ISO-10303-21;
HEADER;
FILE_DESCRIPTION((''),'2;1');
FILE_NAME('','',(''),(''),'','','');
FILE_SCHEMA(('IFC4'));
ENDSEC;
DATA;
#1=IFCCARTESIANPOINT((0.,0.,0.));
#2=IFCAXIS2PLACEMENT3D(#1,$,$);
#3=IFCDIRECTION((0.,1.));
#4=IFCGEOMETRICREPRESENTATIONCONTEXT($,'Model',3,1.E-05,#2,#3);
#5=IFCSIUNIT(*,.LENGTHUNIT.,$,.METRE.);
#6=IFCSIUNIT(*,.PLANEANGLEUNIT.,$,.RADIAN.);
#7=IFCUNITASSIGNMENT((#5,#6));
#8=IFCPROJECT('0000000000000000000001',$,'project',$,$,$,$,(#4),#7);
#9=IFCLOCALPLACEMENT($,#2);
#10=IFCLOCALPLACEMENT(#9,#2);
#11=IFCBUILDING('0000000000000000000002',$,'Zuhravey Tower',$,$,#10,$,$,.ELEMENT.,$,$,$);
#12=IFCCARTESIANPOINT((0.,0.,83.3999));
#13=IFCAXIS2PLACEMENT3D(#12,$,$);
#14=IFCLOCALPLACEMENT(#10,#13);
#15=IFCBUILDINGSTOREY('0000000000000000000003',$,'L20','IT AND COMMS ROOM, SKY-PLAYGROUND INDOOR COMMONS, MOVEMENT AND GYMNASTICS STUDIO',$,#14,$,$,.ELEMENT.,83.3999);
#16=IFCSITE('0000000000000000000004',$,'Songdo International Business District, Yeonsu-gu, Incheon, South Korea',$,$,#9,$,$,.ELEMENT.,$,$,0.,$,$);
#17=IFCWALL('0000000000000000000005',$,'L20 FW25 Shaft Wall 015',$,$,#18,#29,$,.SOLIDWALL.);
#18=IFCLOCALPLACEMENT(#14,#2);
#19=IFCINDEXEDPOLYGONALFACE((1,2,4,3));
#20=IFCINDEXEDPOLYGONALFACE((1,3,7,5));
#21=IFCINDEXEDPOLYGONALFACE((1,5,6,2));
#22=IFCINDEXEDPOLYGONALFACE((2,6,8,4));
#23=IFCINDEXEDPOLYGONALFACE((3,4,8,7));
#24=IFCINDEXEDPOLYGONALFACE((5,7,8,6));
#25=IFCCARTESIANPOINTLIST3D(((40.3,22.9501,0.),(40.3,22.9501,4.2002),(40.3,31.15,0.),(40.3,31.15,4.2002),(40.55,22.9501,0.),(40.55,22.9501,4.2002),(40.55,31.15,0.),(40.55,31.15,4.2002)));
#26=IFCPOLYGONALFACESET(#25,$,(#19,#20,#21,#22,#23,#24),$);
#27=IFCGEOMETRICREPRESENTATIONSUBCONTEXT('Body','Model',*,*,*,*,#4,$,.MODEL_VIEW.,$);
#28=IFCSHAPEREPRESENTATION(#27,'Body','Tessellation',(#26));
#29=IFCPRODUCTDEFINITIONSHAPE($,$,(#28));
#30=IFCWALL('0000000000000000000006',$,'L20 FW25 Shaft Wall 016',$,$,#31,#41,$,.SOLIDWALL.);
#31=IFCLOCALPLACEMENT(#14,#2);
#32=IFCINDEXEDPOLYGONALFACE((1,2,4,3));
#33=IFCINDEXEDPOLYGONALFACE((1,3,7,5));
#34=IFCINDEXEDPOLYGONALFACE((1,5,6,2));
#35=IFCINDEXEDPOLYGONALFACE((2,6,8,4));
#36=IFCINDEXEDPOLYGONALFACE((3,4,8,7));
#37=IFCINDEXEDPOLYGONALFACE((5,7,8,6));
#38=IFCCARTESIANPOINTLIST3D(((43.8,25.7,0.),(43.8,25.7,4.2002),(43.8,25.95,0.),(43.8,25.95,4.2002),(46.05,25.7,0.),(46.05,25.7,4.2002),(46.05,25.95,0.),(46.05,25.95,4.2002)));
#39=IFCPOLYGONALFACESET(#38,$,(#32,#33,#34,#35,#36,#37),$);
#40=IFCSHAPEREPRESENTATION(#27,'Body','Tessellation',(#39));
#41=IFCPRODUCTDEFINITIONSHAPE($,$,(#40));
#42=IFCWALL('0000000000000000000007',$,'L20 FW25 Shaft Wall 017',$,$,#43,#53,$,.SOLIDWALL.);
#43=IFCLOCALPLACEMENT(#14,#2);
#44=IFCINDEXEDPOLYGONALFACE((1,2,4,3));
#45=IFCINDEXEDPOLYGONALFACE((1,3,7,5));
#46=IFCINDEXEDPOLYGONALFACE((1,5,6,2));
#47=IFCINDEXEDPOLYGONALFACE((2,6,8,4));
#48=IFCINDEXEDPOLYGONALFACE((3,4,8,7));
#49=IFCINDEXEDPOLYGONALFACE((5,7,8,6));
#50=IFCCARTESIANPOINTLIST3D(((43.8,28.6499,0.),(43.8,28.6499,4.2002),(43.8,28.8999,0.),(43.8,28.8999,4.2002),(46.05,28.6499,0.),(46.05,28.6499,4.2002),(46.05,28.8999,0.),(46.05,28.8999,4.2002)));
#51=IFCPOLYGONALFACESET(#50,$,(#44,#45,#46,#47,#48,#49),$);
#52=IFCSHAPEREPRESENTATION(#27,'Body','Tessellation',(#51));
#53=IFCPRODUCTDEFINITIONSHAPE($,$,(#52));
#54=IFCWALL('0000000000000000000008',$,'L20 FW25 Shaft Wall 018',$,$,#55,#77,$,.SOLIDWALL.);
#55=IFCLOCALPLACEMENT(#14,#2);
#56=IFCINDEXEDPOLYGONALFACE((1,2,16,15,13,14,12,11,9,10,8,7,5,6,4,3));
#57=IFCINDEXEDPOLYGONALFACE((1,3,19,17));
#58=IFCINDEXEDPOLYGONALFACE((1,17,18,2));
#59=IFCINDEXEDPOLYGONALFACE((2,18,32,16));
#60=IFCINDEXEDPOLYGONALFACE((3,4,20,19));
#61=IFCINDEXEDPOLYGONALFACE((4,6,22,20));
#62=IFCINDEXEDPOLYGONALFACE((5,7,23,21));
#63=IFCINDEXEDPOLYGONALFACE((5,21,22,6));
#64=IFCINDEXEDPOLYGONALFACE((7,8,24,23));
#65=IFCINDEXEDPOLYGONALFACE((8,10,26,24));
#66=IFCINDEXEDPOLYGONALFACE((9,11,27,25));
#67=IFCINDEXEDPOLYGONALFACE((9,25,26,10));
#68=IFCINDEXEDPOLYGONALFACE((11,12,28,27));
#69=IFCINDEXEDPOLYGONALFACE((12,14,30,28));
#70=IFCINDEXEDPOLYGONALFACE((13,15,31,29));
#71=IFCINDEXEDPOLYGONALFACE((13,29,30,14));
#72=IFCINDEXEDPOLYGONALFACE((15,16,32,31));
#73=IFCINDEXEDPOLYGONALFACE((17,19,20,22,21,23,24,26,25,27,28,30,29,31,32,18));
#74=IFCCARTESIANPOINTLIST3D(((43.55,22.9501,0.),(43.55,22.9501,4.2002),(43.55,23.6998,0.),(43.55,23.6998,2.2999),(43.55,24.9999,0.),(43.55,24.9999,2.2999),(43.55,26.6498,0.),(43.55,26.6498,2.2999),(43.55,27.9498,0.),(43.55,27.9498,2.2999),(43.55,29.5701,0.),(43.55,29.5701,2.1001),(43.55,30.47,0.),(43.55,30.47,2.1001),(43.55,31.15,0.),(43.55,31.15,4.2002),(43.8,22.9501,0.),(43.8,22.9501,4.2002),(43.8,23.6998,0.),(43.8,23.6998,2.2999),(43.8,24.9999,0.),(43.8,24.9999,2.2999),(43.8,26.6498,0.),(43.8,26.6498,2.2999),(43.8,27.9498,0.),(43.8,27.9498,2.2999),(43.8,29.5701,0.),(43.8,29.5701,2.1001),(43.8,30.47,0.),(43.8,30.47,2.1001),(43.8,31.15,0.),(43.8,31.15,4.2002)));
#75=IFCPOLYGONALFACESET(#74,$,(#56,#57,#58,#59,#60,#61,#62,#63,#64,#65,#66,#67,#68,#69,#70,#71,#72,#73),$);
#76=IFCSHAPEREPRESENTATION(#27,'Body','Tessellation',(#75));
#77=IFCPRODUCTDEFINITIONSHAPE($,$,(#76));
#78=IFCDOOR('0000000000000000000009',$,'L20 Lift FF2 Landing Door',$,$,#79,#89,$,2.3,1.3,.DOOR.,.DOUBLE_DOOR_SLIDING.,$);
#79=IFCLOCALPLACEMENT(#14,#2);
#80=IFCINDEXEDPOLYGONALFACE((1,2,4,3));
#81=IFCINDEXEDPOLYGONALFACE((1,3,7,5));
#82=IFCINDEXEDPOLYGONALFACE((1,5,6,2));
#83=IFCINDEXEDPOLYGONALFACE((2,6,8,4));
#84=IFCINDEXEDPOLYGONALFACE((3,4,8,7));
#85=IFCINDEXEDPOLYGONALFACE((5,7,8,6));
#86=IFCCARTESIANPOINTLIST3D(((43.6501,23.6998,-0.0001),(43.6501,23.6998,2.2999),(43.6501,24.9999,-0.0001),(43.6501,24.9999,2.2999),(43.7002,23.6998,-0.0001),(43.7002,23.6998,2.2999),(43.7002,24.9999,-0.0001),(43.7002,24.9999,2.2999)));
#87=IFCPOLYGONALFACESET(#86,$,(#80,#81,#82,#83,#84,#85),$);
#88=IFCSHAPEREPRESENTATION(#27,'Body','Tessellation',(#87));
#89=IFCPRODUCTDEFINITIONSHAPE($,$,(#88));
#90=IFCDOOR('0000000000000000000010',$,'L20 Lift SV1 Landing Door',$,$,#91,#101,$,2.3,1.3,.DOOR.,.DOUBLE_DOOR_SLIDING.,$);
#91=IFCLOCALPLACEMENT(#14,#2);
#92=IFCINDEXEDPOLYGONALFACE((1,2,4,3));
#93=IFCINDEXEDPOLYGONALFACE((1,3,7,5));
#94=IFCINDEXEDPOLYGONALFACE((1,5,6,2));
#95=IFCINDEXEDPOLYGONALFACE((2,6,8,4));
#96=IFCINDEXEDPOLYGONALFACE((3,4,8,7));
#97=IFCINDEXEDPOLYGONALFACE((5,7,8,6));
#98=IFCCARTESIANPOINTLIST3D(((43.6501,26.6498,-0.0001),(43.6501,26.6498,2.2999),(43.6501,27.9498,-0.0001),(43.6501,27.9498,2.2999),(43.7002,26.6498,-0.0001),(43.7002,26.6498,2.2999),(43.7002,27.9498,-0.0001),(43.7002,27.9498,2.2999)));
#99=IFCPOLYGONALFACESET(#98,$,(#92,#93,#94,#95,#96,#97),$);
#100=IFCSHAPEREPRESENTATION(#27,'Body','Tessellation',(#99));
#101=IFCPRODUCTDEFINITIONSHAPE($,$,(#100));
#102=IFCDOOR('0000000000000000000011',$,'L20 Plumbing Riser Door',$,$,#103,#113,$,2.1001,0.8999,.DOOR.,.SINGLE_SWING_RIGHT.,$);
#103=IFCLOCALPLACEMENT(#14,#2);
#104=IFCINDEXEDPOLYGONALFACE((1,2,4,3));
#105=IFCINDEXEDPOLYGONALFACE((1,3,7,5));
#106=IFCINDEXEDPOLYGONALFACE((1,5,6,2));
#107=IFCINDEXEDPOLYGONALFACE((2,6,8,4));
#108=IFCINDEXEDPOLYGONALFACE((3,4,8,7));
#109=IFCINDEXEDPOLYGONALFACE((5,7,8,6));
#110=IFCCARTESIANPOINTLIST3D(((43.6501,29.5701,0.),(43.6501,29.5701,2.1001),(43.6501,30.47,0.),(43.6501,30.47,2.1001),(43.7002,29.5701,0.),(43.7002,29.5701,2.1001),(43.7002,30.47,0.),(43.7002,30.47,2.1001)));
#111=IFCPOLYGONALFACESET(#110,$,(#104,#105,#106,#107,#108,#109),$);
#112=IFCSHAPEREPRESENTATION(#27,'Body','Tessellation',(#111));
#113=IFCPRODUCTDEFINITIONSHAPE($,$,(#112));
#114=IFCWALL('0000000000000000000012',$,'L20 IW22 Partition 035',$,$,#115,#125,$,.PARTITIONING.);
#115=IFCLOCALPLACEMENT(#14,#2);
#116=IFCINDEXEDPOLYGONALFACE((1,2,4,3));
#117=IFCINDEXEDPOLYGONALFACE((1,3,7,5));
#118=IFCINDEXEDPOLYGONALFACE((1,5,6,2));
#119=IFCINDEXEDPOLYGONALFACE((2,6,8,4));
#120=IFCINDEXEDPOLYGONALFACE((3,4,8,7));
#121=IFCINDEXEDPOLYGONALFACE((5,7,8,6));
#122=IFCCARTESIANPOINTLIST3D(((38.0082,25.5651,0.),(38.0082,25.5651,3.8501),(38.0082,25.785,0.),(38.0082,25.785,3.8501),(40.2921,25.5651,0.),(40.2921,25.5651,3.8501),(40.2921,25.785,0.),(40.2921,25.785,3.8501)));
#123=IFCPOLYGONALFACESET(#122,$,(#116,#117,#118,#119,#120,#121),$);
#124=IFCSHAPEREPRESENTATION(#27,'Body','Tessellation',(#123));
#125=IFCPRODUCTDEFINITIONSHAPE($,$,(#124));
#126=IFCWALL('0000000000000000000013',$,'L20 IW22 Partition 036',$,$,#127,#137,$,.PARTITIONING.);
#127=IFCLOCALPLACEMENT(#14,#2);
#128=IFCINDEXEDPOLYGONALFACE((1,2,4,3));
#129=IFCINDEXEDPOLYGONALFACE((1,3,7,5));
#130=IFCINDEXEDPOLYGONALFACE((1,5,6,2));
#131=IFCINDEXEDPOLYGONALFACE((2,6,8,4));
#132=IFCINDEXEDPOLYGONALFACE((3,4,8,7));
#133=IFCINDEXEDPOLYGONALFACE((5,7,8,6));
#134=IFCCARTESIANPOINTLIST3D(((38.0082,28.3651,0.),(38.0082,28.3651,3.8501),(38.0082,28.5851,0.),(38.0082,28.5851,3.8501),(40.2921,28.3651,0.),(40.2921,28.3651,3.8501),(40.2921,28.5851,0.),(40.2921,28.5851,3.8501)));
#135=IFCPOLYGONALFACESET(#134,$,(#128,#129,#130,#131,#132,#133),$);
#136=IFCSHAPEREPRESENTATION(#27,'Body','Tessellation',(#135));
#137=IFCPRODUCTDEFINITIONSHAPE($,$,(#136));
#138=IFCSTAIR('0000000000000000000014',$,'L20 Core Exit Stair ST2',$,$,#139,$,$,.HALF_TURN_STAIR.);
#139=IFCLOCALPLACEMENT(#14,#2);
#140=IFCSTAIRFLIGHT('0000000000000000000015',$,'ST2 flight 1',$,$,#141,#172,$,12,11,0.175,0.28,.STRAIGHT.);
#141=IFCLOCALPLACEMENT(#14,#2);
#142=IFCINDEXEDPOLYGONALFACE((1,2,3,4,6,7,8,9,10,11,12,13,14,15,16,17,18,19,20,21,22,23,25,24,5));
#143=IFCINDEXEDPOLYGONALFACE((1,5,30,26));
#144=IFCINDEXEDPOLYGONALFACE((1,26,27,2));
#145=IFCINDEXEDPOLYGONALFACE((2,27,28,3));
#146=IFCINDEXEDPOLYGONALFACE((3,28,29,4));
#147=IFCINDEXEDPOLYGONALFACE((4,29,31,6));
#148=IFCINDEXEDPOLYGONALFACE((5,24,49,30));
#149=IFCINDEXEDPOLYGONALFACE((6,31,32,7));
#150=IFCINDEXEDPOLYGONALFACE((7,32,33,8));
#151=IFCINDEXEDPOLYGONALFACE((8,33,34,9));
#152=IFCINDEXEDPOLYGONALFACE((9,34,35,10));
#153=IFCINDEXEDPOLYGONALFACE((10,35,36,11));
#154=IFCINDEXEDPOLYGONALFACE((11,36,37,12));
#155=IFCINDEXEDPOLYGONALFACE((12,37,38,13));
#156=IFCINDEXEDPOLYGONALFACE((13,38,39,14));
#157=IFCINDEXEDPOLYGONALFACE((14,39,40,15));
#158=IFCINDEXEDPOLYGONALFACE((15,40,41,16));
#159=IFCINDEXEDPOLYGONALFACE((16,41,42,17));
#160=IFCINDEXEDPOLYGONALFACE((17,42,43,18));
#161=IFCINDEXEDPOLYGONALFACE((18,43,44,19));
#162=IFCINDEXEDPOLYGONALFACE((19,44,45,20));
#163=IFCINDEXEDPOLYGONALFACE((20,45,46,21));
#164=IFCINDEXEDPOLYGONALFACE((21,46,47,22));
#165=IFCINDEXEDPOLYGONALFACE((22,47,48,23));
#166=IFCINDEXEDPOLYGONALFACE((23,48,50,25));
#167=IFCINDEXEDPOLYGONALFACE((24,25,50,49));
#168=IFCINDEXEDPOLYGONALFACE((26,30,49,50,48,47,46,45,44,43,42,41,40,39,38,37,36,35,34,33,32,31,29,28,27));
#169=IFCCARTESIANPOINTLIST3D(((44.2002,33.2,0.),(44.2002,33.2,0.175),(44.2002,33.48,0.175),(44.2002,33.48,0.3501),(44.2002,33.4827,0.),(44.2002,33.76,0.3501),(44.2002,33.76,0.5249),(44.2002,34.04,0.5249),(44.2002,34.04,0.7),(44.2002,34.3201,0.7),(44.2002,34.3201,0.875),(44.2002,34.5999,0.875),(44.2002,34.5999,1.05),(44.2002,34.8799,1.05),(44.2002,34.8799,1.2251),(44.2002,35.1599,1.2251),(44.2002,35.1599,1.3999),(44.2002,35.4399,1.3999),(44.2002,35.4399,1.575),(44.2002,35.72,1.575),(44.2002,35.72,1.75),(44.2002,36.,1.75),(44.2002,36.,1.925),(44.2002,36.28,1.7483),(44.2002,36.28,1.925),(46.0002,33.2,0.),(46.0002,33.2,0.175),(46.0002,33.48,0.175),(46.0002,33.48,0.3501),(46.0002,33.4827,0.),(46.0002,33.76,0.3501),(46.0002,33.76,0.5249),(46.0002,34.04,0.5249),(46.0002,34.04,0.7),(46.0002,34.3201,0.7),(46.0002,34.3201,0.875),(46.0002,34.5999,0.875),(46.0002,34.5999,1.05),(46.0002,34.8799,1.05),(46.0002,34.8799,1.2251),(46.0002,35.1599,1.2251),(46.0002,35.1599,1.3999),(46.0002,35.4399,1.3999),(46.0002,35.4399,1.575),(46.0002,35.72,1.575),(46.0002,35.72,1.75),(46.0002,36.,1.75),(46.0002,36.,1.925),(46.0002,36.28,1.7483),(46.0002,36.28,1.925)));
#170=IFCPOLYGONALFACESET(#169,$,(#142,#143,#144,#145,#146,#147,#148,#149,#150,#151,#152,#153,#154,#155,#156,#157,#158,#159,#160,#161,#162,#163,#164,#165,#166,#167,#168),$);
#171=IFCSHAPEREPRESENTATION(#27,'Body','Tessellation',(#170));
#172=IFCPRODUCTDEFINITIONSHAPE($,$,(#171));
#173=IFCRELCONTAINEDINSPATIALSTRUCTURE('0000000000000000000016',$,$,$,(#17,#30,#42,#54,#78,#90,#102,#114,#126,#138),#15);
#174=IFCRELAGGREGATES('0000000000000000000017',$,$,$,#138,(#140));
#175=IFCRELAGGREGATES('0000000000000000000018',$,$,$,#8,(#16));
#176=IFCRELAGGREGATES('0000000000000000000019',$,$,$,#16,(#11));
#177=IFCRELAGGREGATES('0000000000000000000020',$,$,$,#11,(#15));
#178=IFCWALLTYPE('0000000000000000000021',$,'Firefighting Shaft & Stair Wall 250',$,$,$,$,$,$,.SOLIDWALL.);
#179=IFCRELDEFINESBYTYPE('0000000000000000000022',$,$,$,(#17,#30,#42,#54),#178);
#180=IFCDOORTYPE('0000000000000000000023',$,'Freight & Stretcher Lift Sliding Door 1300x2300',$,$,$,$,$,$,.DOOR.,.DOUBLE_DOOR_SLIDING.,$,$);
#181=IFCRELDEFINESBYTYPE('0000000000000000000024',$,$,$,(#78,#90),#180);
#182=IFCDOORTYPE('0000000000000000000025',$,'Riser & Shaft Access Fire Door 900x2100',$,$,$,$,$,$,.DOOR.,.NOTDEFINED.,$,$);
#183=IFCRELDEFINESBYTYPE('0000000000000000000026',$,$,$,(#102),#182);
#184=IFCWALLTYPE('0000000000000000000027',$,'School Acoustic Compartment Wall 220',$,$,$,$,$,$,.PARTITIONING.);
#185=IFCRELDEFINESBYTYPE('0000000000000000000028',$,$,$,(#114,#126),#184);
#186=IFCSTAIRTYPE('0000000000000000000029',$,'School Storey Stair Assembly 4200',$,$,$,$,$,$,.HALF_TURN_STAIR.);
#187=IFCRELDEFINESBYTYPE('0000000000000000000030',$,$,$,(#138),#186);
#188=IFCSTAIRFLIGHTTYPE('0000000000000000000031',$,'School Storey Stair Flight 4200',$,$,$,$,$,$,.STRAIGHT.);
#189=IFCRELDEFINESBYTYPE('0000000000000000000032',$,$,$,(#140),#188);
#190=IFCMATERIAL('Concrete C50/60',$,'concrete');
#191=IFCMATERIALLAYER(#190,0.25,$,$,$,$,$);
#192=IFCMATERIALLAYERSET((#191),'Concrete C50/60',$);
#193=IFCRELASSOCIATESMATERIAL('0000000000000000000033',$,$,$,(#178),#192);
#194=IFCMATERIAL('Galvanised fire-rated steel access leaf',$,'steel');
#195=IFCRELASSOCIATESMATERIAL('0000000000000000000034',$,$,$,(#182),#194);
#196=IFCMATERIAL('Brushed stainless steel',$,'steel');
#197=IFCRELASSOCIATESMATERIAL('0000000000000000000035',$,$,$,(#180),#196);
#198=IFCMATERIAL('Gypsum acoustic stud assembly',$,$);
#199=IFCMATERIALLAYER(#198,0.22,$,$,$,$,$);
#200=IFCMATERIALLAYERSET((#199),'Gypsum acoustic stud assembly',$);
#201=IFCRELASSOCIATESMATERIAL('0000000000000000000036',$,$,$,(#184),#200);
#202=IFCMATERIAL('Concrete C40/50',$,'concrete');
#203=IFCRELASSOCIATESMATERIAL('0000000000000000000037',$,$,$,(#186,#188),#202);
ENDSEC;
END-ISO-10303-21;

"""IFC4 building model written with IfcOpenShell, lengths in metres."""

from ifc_helpers import new_model, si_unit, direction, frame, frame_2d, origin, place, context, subcontext, project, spatial, polyline, rectangle, outline, extrude, material, layer, layer_set, type_object, element, fill, aggregate, save


model = new_model("IFC4")

# Units and contexts
model_context = context("Model", 3, precision=1e-05, world=origin(), true_north=direction((0.0, 1.0)))
body_context = subcontext(model_context, "Body", "Model", "MODEL_VIEW")
ifc_project = project(units=[si_unit("LENGTHUNIT", "METRE"), si_unit("PLANEANGLEUNIT", "RADIAN")], contexts=[model_context])

# Site, building, storey
site_placement = place(None, origin())
site = spatial("IfcSite", under=ifc_project, at=site_placement, Name="Songdo International Business District, Yeonsu-gu, Incheon, South Korea", CompositionType="ELEMENT", RefElevation=0.0)
building_placement = place(site_placement, origin())
building = spatial("IfcBuilding", under=site, at=building_placement, Name="Zuhravey Tower", CompositionType="ELEMENT")
storey_placement = place(building_placement, frame((0.0, 0.0, 83.3999)))
storey = spatial("IfcBuildingStorey", under=building, at=storey_placement, Name="L20", Description="IT AND COMMS ROOM, SKY-PLAYGROUND INDOOR COMMONS, MOVEMENT AND GYMNASTICS STUDIO", CompositionType="ELEMENT", Elevation=83.3999)

# Shared definitions
ifc_material_1 = material(Name="Concrete C50/60", Category="concrete")
ifc_layer_1 = layer(ifc_material_1, 0.25)
ifc_layer_set_1 = layer_set([ifc_layer_1], Name="Concrete C50/60")
wall_type_1 = type_object("IfcWallType", Name="Firefighting Shaft & Stair Wall 250", PredefinedType="SOLIDWALL", material=ifc_layer_set_1)

# Shared definitions
ifc_material_2 = material(Name="Galvanised fire-rated steel access leaf", Category="steel")
door_type_1 = type_object("IfcDoorType", Name="Riser & Shaft Access Fire Door 900x2100", OperationType="NOTDEFINED", PredefinedType="DOOR", material=ifc_material_2)

# Walls
for number, where, z_axis, x_axis, name in (
    (1, (40.425, 22.95, 0.0), (0.0, 0.0, 1.0), (0.0, 1.0, 0.0), "L20 FW25 Shaft Wall 015"),
):
    element("IfcWall", number, at=place(storey_placement, frame(where, z_axis=z_axis, x_axis=x_axis)), inside=storey, type_object=wall_type_1, Name=name, PredefinedType="SOLIDWALL", context=body_context, shape_type="SweptSolid", body=[
        extrude(rectangle(XDim=8.2, YDim=0.25, at=frame_2d((4.1001, 0.0))), origin(), (0.0, 0.0, 1.0), 4.2002),
    ])
for number, where, z_axis, x_axis, name in (
    (2, (43.8, 25.825, 0.0), (0.0, 0.0, 1.0), (1.0, 0.0, 0.0), "L20 FW25 Shaft Wall 016"),
    (3, (43.8, 28.7749, 0.0), (0.0, 0.0, 1.0), (1.0, 0.0, 0.0), "L20 FW25 Shaft Wall 017"),
):
    element("IfcWall", number, at=place(storey_placement, frame(where, z_axis=z_axis, x_axis=x_axis)), inside=storey, type_object=wall_type_1, Name=name, PredefinedType="SOLIDWALL", context=body_context, shape_type="SweptSolid", body=[
        extrude(rectangle(XDim=2.25, YDim=0.25, at=frame_2d((1.125, 0.0))), origin(), (0.0, 0.0, 1.0), 4.2002),
    ])

# Wall, openings, doors
wall_1_placement = place(storey_placement, frame((43.675, 22.95, 0.0), z_axis=(0.0, 0.0, 1.0), x_axis=(0.0, 1.0, 0.0)))
wall_1 = element("IfcWall", 4, at=wall_1_placement, inside=storey, type_object=wall_type_1, Name="L20 FW25 Shaft Wall 018", PredefinedType="SOLIDWALL", context=body_context, shape_type="SweptSolid", body=[
    extrude(rectangle(XDim=8.2, YDim=0.25, at=frame_2d((4.1001, 0.0))), origin(), (0.0, 0.0, 1.0), 4.2002),
])
opening_1_placement = place(wall_1_placement, frame((0.75, 0.0, 0.0)))
opening_1 = element("IfcOpeningElement", 5, at=opening_1_placement, cuts=wall_1, PredefinedType="OPENING", context=body_context, shape_type="SweptSolid", body=[
    extrude(rectangle(XDim=1.3, YDim=2.3, at=frame_2d((0.6499, 1.1499))), frame((0.0, 0.137, 0.0), z_axis=(0.0, -1.0, 0.0), x_axis=(1.0, 0.0, 0.0)), (0.0, 0.0, 1.0), 0.2739),
])
opening_2_placement = place(wall_1_placement, frame((3.7, 0.0, 0.0)))
opening_2 = element("IfcOpeningElement", 6, at=opening_2_placement, cuts=wall_1, PredefinedType="OPENING", context=body_context, shape_type="SweptSolid", body=[
    extrude(rectangle(XDim=1.3, YDim=2.3, at=frame_2d((0.6499, 1.1499))), frame((0.0, 0.137, 0.0), z_axis=(0.0, -1.0, 0.0), x_axis=(1.0, 0.0, 0.0)), (0.0, 0.0, 1.0), 0.2739),
])
opening_3_placement = place(wall_1_placement, frame((6.6201, 0.0, 0.0)))
opening_3 = element("IfcOpeningElement", 7, at=opening_3_placement, cuts=wall_1, PredefinedType="OPENING", context=body_context, shape_type="SweptSolid", body=[
    extrude(rectangle(XDim=0.8999, YDim=2.1001, at=frame_2d((0.45, 1.05))), frame((0.0, 0.137, 0.0), z_axis=(0.0, -1.0, 0.0), x_axis=(1.0, 0.0, 0.0)), (0.0, 0.0, 1.0), 0.2739),
])
ifc_material_3 = material(Name="Brushed stainless steel", Category="steel")
door_type_2 = type_object("IfcDoorType", Name="Freight & Stretcher Lift Sliding Door 1300x2300", OperationType="DOUBLE_DOOR_SLIDING", PredefinedType="DOOR", material=ifc_material_3)
door_1_placement = place(opening_1_placement, origin())
door_1 = element("IfcDoor", 8, at=door_1_placement, inside=storey, type_object=door_type_2, Name="L20 Lift FF2 Landing Door", OperationType="DOUBLE_DOOR_SLIDING", OverallHeight=2.3, OverallWidth=1.3, PredefinedType="DOOR", context=body_context, shape_type="SweptSolid", body=[
    extrude(rectangle(XDim=1.3, YDim=2.3, at=frame_2d((0.6499, 1.1499))), frame((0.0, 0.0249, 0.0), z_axis=(0.0, -1.0, 0.0), x_axis=(1.0, 0.0, 0.0)), (0.0, 0.0, 1.0), 0.05),
])
fill(opening_1, door_1)
door_2_placement = place(opening_2_placement, origin())
door_2 = element("IfcDoor", 9, at=door_2_placement, inside=storey, type_object=door_type_2, Name="L20 Lift SV1 Landing Door", OperationType="DOUBLE_DOOR_SLIDING", OverallHeight=2.3, OverallWidth=1.3, PredefinedType="DOOR", context=body_context, shape_type="SweptSolid", body=[
    extrude(rectangle(XDim=1.3, YDim=2.3, at=frame_2d((0.6499, 1.1499))), frame((0.0, 0.0249, 0.0), z_axis=(0.0, -1.0, 0.0), x_axis=(1.0, 0.0, 0.0)), (0.0, 0.0, 1.0), 0.05),
])
fill(opening_2, door_2)
door_3_placement = place(opening_3_placement, origin())
door_3 = element("IfcDoor", 10, at=door_3_placement, inside=storey, type_object=door_type_1, Name="L20 Plumbing Riser Door", OperationType="SINGLE_SWING_RIGHT", OverallHeight=2.1001, OverallWidth=0.8999, PredefinedType="DOOR", context=body_context, shape_type="SweptSolid", body=[
    extrude(rectangle(XDim=0.8999, YDim=2.1001, at=frame_2d((0.45, 1.05))), frame((0.0, 0.0249, 0.0), z_axis=(0.0, -1.0, 0.0), x_axis=(1.0, 0.0, 0.0)), (0.0, 0.0, 1.0), 0.05),
])
fill(opening_3, door_3)

# Walls
ifc_material_4 = material(Name="Gypsum acoustic stud assembly")
ifc_layer_2 = layer(ifc_material_4, 0.22)
ifc_layer_set_2 = layer_set([ifc_layer_2], Name="Gypsum acoustic stud assembly")
wall_type_2 = type_object("IfcWallType", Name="School Acoustic Compartment Wall 220", PredefinedType="PARTITIONING", material=ifc_layer_set_2)
for number, where, z_axis, x_axis, name in (
    (11, (38.0081, 25.675, 0.0), (0.0, 0.0, 1.0), (1.0, 0.0, 0.0), "L20 IW22 Partition 035"),
    (12, (38.0081, 28.4751, 0.0), (0.0, 0.0, 1.0), (1.0, 0.0, 0.0), "L20 IW22 Partition 036"),
):
    element("IfcWall", number, at=place(storey_placement, frame(where, z_axis=z_axis, x_axis=x_axis)), inside=storey, type_object=wall_type_2, Name=name, PredefinedType="PARTITIONING", context=body_context, shape_type="SweptSolid", body=[
        extrude(rectangle(XDim=2.2839, YDim=0.22, at=frame_2d((1.1421, 0.0))), origin(), (0.0, 0.0, 1.0), 3.8501),
    ])

# Stair, stair flight
ifc_material_5 = material(Name="Concrete C40/50", Category="concrete")
stair_type = type_object("IfcStairType", Name="School Storey Stair Assembly 4200", PredefinedType="HALF_TURN_STAIR", material=ifc_material_5)
stair_placement = place(storey_placement, origin())
stair = element("IfcStair", 13, at=stair_placement, inside=storey, type_object=stair_type, Name="L20 Core Exit Stair ST2", PredefinedType="HALF_TURN_STAIR")
stair_flight_type = type_object("IfcStairFlightType", Name="School Storey Stair Flight 4200", PredefinedType="STRAIGHT", material=ifc_material_5)
stair_flight_placement = place(storey_placement, frame((45.1001, 33.2, 0.0), z_axis=(0.0, 0.0, 1.0), x_axis=(0.0, 1.0, 0.0)))
stair_flight = element("IfcStairFlight", 14, at=stair_flight_placement, type_object=stair_flight_type, Name="ST2 flight 1", NumberOfRisers=12, NumberOfTreads=11, PredefinedType="STRAIGHT", RiserHeight=0.175, TreadLength=0.28, context=body_context, shape_type="SweptSolid", body=[
    extrude(outline(polyline([(0.0, 0.0), (0.0, 0.175), (0.28, 0.175), (0.28, 0.3501), (0.5601, 0.3501), (0.5601, 0.5249), (0.8401, 0.5249), (0.8401, 0.7), (1.1201, 0.7), (1.1201, 0.875), (1.3999, 0.875), (1.3999, 1.05), (1.6799, 1.05), (1.6799, 1.2251), (1.96, 1.2251), (1.96, 1.3999), (2.24, 1.3999), (2.24, 1.575), (2.52, 1.575), (2.52, 1.75), (2.8, 1.75), (2.8, 1.925), (3.0801, 1.925), (3.0801, 2.1001), (3.0801, 1.7483), (0.2827, 0.0), (0.0, 0.0)])), frame((0.0, 0.8999, 0.0), z_axis=(0.0, -1.0, 0.0), x_axis=(1.0, 0.0, 0.0)), (0.0, 0.0, 1.0), 1.8),
])
aggregate(stair, [stair_flight])

save(model, "model.ifc")
